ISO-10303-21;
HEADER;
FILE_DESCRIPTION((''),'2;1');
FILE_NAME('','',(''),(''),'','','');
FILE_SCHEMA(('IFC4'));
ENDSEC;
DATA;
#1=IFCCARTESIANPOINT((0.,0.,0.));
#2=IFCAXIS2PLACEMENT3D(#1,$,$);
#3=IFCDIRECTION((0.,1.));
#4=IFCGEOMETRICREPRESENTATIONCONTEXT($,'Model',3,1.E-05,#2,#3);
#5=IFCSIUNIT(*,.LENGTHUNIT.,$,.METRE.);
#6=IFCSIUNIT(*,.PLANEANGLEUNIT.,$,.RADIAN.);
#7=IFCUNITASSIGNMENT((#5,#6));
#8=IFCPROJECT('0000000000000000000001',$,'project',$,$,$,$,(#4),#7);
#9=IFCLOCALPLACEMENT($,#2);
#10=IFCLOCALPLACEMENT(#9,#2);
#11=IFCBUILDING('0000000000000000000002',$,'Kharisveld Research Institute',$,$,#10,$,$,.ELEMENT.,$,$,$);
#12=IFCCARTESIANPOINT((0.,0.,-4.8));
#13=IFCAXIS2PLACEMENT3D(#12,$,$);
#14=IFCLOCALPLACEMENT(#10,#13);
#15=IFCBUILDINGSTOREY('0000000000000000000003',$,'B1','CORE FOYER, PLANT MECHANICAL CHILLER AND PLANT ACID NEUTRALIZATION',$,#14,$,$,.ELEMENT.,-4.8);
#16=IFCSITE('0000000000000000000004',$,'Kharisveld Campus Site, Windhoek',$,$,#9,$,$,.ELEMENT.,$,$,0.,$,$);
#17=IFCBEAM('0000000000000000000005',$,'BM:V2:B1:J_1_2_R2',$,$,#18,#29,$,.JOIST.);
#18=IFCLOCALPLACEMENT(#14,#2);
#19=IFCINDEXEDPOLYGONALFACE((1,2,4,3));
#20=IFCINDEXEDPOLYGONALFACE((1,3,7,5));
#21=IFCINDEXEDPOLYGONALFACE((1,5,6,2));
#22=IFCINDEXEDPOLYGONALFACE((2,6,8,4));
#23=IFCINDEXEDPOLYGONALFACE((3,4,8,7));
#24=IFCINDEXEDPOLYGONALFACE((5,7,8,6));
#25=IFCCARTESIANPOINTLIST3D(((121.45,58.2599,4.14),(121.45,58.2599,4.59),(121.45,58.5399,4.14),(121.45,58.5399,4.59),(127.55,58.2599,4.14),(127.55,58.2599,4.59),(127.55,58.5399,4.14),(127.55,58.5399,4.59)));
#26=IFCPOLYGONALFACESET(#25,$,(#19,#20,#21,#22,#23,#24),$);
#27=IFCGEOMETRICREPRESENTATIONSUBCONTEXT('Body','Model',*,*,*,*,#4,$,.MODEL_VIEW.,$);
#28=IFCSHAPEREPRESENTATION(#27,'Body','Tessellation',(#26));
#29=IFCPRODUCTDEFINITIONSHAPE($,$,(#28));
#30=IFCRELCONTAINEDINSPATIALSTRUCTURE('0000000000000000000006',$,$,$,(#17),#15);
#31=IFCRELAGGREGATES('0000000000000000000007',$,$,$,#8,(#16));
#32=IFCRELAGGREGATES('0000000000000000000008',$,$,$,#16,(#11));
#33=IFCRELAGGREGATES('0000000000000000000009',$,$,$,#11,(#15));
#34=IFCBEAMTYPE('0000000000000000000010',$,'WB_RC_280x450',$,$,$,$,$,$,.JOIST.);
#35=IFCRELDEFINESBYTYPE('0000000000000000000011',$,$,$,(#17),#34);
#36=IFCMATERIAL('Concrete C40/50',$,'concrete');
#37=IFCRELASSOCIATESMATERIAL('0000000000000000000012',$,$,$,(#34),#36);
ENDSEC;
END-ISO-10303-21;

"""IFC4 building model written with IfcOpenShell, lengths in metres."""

from ifc_helpers import new_model, si_unit, direction, frame, origin, origin_2d, place, context, subcontext, project, spatial, rectangle, extrude, material, material_profile, profile_set, type_object, element, save


model = new_model("IFC4")

# Units and contexts
model_context = context("Model", 3, precision=1e-05, world=origin(), true_north=direction((0.0, 1.0)))
body_context = subcontext(model_context, "Body", "Model", "MODEL_VIEW")
ifc_project = project(units=[si_unit("LENGTHUNIT", "METRE"), si_unit("PLANEANGLEUNIT", "RADIAN")], contexts=[model_context])

# Site, building, storey
site_placement = place(None, origin())
site = spatial("IfcSite", under=ifc_project, at=site_placement, Name="Kharisveld Campus Site, Windhoek", CompositionType="ELEMENT", RefElevation=0.0)
building_placement = place(site_placement, origin())
building = spatial("IfcBuilding", under=site, at=building_placement, Name="Kharisveld Research Institute", CompositionType="ELEMENT")
storey_placement = place(building_placement, frame((0.0, 0.0, -4.8)))
storey = spatial("IfcBuildingStorey", under=building, at=storey_placement, Name="B1", Description="CORE FOYER, PLANT MECHANICAL CHILLER AND PLANT ACID NEUTRALIZATION", CompositionType="ELEMENT", Elevation=-4.8)

# Beam
ifc_material_1 = material(Name="Concrete C40/50", Category="concrete")
ifc_material_profile_1 = material_profile(ifc_material_1, rectangle(XDim=0.28, YDim=0.45, at=origin_2d()))
ifc_profile_set_1 = profile_set([ifc_material_profile_1], Name="Concrete C40/50")
beam_type_1 = type_object("IfcBeamType", Name="WB_RC_280x450", PredefinedType="JOIST", material=ifc_profile_set_1)
for number, where, z_axis, x_axis, name in (
    (1, (121.45, 58.3999, 4.365), (1.0, 0.0, 0.0), (0.0, 1.0, 0.0), "BM:V2:B1:J_1_2_R2"),
):
    element("IfcBeam", number, at=place(storey_placement, frame(where, z_axis=z_axis, x_axis=x_axis)), inside=storey, type_object=beam_type_1, Name=name, PredefinedType="JOIST", context=body_context, shape_type="SweptSolid", body=[
        extrude(rectangle(XDim=0.28, YDim=0.45, at=origin_2d()), origin(), (0.0, 0.0, 1.0), 6.1001),
    ])

save(model, "model.ifc")
